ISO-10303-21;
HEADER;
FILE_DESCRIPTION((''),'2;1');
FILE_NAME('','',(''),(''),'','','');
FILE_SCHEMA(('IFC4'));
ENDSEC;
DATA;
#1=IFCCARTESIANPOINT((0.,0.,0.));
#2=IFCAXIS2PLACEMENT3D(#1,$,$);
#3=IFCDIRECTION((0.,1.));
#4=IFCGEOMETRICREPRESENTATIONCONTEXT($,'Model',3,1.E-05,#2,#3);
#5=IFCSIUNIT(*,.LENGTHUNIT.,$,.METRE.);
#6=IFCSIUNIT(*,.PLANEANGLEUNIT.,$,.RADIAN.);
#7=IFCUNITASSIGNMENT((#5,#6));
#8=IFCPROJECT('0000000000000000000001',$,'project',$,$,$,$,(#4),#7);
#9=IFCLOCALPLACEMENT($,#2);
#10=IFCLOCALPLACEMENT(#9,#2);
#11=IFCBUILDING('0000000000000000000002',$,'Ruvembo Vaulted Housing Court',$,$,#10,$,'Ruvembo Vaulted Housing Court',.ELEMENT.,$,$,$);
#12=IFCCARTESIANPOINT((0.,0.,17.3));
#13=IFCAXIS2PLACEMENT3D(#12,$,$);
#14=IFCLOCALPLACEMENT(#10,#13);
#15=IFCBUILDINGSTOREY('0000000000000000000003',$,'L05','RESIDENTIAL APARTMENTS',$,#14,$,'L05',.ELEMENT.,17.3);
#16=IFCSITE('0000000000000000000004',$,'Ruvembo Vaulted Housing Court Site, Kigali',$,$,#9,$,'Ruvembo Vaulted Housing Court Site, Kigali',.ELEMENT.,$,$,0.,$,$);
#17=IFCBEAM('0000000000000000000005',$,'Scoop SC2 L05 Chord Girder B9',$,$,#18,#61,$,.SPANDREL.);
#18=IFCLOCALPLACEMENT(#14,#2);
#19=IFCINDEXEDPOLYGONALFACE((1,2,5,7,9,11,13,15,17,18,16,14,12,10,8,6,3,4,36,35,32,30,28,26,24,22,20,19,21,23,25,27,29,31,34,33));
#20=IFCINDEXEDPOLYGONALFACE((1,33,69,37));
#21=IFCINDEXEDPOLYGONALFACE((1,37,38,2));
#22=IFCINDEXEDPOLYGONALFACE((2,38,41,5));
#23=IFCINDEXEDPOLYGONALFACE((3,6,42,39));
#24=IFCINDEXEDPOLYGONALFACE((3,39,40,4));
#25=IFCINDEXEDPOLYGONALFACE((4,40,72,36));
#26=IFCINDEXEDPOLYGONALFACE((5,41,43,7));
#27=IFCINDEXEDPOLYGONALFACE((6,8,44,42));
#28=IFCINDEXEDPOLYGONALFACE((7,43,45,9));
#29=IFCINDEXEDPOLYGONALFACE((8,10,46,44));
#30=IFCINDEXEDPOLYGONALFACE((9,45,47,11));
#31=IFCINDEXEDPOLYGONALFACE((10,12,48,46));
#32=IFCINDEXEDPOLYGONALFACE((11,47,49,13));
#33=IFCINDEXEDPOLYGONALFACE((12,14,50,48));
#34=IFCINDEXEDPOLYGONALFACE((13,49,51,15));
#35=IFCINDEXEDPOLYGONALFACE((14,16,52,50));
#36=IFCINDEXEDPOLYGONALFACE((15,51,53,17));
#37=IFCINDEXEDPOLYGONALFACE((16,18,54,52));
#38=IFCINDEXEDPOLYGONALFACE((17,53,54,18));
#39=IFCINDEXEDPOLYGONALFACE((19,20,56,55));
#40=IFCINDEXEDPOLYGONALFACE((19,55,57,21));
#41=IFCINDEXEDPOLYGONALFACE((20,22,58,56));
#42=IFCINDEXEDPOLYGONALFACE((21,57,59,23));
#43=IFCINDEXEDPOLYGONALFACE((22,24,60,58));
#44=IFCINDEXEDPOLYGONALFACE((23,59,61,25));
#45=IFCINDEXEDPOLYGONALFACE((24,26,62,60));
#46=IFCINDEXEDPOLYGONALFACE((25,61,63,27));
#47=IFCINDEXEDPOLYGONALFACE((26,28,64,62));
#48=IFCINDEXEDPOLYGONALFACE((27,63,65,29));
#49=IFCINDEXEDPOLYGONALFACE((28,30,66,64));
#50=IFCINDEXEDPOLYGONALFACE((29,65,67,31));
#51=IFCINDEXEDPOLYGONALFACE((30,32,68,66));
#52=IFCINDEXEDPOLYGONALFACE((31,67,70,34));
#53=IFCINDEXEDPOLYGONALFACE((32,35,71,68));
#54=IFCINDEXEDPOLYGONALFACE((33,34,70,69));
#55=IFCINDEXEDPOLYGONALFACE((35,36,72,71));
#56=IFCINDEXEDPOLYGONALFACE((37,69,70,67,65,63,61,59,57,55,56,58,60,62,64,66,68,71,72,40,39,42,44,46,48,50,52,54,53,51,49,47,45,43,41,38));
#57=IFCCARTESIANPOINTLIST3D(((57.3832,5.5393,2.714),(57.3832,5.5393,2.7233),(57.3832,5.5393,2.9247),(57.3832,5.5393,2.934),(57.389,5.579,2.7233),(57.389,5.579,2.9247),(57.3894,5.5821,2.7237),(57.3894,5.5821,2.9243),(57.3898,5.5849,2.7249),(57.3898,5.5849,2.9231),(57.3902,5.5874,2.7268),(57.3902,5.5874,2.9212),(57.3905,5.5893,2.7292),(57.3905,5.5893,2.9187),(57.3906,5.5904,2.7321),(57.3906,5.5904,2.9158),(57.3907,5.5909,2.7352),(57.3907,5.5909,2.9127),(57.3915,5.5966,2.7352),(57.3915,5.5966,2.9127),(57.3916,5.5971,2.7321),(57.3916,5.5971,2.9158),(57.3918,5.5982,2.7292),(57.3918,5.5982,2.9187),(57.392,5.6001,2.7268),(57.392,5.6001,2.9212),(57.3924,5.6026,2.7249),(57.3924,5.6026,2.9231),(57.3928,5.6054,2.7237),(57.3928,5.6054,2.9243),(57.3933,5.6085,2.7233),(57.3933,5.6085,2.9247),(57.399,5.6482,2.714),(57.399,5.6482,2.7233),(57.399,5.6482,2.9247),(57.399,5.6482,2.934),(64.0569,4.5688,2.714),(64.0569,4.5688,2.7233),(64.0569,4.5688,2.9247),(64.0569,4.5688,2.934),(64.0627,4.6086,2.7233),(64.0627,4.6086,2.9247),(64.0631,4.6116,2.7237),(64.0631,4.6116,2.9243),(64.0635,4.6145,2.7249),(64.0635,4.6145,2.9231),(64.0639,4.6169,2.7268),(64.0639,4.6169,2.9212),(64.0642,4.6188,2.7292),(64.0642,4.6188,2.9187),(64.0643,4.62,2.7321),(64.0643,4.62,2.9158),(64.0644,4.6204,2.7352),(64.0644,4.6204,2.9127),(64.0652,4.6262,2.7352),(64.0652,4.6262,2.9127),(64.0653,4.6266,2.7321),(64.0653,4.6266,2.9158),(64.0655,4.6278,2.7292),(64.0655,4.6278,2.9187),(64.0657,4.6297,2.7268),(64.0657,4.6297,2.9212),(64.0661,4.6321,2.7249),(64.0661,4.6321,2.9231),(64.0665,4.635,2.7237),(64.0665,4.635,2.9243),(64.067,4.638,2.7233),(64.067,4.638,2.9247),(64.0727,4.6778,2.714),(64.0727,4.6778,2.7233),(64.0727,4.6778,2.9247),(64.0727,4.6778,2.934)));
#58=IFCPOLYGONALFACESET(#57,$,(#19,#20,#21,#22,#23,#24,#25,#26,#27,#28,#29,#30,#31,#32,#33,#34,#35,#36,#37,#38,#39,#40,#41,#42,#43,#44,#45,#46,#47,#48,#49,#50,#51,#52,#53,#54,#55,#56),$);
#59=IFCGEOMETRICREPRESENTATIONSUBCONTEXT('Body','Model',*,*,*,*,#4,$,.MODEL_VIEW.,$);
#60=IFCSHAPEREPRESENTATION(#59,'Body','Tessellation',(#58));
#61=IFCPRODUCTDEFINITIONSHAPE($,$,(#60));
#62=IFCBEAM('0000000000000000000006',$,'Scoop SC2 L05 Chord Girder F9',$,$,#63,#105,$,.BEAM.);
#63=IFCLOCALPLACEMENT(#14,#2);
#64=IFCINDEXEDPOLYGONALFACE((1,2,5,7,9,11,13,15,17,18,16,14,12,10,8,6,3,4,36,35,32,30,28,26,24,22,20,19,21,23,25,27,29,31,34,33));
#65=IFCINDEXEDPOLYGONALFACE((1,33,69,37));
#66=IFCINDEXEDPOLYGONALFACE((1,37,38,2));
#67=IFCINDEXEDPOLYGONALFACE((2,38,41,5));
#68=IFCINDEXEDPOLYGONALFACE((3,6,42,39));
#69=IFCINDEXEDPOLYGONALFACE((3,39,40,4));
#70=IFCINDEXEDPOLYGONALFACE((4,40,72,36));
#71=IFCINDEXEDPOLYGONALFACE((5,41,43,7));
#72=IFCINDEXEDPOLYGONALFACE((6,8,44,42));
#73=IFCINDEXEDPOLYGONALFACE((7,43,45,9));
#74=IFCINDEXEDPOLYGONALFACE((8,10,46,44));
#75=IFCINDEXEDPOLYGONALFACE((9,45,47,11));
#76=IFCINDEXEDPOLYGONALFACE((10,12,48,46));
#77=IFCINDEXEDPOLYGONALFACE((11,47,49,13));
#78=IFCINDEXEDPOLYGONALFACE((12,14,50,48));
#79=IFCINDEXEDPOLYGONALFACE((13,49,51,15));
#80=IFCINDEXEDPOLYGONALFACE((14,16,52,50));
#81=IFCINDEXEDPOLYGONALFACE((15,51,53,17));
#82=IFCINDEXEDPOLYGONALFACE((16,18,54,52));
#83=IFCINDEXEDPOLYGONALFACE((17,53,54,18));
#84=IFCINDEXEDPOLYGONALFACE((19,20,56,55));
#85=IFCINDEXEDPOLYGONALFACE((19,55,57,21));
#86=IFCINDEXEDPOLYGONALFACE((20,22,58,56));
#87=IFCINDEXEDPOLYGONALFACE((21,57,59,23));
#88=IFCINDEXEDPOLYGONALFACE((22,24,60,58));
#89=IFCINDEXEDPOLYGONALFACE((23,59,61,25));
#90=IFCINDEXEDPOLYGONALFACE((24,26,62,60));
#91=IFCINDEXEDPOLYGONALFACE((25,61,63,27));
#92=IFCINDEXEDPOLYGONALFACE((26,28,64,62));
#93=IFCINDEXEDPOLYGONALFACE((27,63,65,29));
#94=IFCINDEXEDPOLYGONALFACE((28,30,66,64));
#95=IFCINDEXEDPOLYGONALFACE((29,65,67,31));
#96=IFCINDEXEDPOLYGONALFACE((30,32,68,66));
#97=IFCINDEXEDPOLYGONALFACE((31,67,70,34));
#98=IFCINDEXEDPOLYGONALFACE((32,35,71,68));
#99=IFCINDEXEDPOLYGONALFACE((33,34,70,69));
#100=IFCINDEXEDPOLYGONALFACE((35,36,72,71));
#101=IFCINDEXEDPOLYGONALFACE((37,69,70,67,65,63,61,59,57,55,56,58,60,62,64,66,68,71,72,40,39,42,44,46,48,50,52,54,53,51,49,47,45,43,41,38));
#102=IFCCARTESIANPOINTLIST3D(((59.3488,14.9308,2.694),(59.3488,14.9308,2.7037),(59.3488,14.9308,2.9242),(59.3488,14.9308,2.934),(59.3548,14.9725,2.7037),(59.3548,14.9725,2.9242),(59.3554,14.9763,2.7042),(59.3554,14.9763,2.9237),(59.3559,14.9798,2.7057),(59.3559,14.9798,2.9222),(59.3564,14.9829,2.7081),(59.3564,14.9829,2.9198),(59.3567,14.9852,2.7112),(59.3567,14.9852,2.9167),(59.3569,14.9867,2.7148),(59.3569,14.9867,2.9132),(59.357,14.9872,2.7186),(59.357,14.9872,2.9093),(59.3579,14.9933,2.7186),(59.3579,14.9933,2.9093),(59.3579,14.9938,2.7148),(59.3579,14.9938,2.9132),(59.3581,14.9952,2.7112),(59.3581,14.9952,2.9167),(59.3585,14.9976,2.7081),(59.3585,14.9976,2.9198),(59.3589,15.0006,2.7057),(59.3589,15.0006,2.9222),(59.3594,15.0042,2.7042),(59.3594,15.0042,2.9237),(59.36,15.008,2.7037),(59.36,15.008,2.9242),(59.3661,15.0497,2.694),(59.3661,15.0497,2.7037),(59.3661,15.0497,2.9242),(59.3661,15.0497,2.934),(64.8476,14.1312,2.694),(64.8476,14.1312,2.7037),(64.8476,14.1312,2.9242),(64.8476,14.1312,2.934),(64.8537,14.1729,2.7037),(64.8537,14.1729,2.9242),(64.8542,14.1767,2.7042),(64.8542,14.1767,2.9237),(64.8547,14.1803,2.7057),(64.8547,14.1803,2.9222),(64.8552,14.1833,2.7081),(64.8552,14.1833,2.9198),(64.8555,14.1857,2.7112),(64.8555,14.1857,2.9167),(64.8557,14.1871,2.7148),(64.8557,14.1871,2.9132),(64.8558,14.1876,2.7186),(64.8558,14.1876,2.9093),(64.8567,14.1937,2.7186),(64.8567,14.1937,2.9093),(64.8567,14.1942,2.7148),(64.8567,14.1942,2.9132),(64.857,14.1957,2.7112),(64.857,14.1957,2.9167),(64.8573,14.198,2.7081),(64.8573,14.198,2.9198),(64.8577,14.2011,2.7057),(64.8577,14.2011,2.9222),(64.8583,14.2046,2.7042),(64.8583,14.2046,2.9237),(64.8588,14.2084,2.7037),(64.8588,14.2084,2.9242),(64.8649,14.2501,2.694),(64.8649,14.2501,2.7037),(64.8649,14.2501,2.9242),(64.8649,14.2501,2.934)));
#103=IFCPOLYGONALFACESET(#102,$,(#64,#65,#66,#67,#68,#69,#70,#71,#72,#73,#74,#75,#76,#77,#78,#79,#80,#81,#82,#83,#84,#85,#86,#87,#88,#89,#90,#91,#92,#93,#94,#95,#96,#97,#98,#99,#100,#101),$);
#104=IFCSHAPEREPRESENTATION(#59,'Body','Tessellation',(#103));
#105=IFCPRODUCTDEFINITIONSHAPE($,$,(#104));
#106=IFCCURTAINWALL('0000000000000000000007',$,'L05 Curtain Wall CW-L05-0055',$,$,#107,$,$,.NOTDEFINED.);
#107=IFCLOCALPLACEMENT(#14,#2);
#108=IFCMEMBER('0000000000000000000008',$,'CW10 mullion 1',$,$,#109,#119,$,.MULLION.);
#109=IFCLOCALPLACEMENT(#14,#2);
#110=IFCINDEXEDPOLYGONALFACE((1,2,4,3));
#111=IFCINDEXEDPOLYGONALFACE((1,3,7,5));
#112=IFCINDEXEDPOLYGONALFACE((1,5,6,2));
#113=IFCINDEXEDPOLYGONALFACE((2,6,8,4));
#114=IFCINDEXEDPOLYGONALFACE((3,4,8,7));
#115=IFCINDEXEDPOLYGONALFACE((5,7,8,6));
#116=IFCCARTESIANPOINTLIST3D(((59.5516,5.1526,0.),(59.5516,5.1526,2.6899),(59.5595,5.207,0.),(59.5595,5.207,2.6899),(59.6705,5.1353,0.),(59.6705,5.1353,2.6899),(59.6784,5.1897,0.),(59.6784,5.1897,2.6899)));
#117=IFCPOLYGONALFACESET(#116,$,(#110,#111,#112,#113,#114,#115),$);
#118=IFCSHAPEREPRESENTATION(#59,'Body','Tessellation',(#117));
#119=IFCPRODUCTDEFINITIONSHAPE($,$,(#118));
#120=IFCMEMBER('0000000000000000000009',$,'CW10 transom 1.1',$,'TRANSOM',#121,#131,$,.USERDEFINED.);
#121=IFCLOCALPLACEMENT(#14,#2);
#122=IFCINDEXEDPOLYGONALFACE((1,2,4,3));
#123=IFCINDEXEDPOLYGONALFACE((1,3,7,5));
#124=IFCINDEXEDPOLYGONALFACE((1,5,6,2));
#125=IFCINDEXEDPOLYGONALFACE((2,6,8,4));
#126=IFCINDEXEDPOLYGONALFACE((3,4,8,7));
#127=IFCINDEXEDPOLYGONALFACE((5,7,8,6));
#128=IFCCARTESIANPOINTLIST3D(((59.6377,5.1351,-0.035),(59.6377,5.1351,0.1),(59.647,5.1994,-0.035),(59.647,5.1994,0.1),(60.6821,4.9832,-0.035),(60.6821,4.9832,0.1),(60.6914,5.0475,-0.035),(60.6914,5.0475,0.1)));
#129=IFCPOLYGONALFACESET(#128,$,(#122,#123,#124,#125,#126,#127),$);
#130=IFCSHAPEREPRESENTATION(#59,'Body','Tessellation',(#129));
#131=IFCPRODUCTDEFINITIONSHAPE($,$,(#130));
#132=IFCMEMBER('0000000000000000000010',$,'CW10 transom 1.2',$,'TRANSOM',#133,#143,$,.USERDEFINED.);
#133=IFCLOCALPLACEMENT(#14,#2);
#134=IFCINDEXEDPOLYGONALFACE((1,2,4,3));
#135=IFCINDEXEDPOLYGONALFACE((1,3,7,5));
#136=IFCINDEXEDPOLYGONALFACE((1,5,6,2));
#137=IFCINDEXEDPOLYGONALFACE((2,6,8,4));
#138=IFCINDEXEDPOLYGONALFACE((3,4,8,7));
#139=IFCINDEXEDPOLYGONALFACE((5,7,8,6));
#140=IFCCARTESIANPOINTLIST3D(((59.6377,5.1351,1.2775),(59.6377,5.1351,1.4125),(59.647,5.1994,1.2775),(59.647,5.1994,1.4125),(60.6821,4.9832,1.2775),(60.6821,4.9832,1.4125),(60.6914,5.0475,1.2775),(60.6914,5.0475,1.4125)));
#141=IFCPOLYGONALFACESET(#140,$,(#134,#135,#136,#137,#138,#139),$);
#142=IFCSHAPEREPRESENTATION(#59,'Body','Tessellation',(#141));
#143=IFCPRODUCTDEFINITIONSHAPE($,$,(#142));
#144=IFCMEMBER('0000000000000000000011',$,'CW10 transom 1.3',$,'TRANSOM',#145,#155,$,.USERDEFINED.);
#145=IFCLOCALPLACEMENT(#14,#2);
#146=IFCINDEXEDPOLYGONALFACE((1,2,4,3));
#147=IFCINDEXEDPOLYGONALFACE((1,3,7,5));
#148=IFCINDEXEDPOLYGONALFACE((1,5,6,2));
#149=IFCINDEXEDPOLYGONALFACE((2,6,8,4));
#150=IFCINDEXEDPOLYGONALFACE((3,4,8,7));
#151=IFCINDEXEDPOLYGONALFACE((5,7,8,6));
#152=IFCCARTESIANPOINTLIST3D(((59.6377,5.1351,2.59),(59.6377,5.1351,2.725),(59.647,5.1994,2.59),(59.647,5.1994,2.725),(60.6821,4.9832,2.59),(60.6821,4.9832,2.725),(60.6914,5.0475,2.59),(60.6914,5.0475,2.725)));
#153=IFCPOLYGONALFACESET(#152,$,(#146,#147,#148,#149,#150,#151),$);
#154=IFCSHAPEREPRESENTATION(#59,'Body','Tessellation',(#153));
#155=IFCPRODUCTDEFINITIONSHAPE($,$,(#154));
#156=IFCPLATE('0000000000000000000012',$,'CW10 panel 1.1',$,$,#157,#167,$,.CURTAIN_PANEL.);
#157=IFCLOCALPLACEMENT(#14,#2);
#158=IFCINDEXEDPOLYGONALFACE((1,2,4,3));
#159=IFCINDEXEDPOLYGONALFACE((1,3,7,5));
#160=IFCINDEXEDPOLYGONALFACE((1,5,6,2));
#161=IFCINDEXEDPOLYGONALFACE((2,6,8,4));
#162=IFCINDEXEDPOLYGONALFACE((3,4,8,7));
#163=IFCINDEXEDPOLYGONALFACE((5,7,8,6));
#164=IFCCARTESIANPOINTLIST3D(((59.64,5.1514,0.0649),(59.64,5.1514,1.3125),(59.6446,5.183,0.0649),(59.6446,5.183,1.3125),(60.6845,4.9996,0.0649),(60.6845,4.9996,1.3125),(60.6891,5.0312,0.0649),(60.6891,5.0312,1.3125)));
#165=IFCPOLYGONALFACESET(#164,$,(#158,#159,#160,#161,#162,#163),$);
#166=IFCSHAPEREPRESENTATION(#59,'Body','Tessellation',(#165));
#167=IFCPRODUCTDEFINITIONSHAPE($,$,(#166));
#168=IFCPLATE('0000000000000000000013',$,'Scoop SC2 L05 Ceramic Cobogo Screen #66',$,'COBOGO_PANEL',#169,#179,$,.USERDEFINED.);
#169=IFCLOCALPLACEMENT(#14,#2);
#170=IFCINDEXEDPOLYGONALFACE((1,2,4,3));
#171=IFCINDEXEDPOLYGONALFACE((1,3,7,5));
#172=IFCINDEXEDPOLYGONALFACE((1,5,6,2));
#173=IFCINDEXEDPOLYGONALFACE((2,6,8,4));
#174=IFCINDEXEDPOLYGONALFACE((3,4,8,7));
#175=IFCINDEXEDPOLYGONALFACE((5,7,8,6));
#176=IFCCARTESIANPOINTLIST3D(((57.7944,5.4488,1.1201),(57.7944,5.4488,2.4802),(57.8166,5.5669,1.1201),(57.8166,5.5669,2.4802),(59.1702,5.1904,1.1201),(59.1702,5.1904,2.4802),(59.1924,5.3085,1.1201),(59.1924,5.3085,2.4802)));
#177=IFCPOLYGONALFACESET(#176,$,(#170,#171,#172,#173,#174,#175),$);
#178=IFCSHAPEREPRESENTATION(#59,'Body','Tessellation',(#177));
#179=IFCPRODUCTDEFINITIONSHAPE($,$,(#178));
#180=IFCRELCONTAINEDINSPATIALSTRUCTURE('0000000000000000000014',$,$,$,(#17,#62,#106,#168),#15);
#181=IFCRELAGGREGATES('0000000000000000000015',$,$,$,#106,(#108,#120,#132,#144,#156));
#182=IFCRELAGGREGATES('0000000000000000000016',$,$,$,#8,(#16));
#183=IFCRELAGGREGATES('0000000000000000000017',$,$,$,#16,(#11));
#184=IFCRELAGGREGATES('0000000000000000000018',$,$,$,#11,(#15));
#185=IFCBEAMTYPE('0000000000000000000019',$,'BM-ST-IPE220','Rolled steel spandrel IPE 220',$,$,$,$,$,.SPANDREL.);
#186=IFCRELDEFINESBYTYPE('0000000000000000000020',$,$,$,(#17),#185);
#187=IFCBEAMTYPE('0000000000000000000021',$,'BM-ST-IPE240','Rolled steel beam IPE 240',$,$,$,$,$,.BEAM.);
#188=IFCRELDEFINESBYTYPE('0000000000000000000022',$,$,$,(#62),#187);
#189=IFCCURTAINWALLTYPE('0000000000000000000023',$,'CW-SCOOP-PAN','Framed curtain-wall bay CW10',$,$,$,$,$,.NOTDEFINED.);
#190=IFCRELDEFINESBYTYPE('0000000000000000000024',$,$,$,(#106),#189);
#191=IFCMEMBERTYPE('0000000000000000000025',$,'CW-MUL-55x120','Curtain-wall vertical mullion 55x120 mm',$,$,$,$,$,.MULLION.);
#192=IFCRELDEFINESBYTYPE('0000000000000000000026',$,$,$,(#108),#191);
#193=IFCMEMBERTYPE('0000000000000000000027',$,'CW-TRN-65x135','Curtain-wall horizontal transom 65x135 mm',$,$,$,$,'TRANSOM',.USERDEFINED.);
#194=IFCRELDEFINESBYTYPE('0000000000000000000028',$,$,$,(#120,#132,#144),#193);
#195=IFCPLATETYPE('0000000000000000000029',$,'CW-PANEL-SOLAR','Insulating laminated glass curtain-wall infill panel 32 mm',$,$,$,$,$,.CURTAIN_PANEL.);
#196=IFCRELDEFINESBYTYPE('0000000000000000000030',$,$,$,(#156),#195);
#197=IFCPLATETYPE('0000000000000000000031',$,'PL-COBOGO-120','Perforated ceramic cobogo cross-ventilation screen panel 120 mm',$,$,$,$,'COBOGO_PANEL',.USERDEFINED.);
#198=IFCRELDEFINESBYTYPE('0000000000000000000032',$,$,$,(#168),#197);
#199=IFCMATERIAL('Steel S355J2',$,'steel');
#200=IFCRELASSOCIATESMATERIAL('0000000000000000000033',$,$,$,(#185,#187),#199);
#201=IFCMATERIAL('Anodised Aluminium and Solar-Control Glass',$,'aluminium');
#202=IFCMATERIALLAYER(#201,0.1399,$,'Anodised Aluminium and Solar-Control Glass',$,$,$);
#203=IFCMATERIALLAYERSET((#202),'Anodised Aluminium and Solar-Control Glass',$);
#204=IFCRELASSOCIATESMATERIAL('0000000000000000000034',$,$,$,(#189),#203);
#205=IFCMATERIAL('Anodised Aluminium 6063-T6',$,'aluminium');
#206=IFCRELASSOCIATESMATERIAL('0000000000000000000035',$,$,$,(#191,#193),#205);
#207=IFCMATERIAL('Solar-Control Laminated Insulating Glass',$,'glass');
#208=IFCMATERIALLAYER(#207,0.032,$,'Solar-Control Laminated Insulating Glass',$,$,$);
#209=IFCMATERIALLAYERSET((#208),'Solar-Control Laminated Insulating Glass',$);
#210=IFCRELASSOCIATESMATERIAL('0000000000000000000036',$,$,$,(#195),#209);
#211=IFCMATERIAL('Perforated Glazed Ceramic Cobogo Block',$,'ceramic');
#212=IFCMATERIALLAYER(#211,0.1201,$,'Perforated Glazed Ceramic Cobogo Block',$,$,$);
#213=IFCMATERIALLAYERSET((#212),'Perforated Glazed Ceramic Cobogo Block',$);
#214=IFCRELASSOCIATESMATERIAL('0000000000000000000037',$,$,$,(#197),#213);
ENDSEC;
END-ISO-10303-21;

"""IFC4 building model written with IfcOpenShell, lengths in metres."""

from ifc_helpers import new_model, si_unit, direction, frame, origin, origin_2d, place, context, subcontext, project, spatial, rectangle, i_section, extrude, material, layer, layer_set, material_profile, profile_set, type_object, element, aggregate, save


model = new_model("IFC4")

# Units and contexts
model_context = context("Model", 3, precision=1e-05, world=origin(), true_north=direction((0.0, 1.0)))
body_context = subcontext(model_context, "Body", "Model", "MODEL_VIEW")
ifc_project = project(units=[si_unit("LENGTHUNIT", "METRE"), si_unit("PLANEANGLEUNIT", "RADIAN")], contexts=[model_context])

# Site, building, storey
site_placement = place(None, origin())
site = spatial("IfcSite", under=ifc_project, at=site_placement, Name="Ruvembo Vaulted Housing Court Site, Kigali", LongName="Ruvembo Vaulted Housing Court Site, Kigali", CompositionType="ELEMENT", RefElevation=0.0)
building_placement = place(site_placement, origin())
building = spatial("IfcBuilding", under=site, at=building_placement, Name="Ruvembo Vaulted Housing Court", LongName="Ruvembo Vaulted Housing Court", CompositionType="ELEMENT")
storey_placement = place(building_placement, frame((0.0, 0.0, 17.3)))
storey = spatial("IfcBuildingStorey", under=building, at=storey_placement, Name="L05", Description="RESIDENTIAL APARTMENTS", LongName="L05", CompositionType="ELEMENT", Elevation=17.3)

# Beams
ifc_material_1 = material(Name="Steel S355J2", Category="steel")
ifc_material_profile_1 = material_profile(ifc_material_1, i_section(OverallWidth=0.1101, OverallDepth=0.22, WebThickness=0.0059, FlangeThickness=0.0093, FilletRadius=0.012, at=origin_2d()), Name="IPE 220")
ifc_profile_set_1 = profile_set([ifc_material_profile_1], Name="Steel S355J2")
beam_type_1 = type_object("IfcBeamType", Name="BM-ST-IPE220", Description="Rolled steel spandrel IPE 220", PredefinedType="SPANDREL", material=ifc_profile_set_1)
beam_1_placement = place(storey_placement, frame((57.3911, 5.5938, 2.824), z_axis=(0.989592, -0.143899, 0.0), x_axis=(0.143899, 0.989592, 0.0)))
element("IfcBeam", 1, at=beam_1_placement, inside=storey, type_object=beam_type_1, Name="Scoop SC2 L05 Chord Girder B9", PredefinedType="SPANDREL", context=body_context, shape_type="SweptSolid", body=[
    extrude(i_section(OverallWidth=0.1101, OverallDepth=0.22, WebThickness=0.0059, FlangeThickness=0.0093, FilletRadius=0.012, at=origin_2d()), origin(), (0.0, 0.0, 1.0), 6.7439),
])
ifc_material_profile_2 = material_profile(ifc_material_1, i_section(OverallWidth=0.1201, OverallDepth=0.24, WebThickness=0.0061, FlangeThickness=0.0098, FilletRadius=0.0149, at=origin_2d()), Name="IPE 240")
ifc_profile_set_2 = profile_set([ifc_material_profile_2], Name="Steel S355J2")
beam_type_2 = type_object("IfcBeamType", Name="BM-ST-IPE240", Description="Rolled steel beam IPE 240", PredefinedType="BEAM", material=ifc_profile_set_2)
beam_2_placement = place(storey_placement, frame((59.3574, 14.9902, 2.814), z_axis=(0.989593, -0.143894, 0.0), x_axis=(0.143894, 0.989593, 0.0)))
element("IfcBeam", 2, at=beam_2_placement, inside=storey, type_object=beam_type_2, Name="Scoop SC2 L05 Chord Girder F9", PredefinedType="BEAM", context=body_context, shape_type="SweptSolid", body=[
    extrude(i_section(OverallWidth=0.1201, OverallDepth=0.24, WebThickness=0.0061, FlangeThickness=0.0098, FilletRadius=0.0149, at=origin_2d()), origin(), (0.0, 0.0, 1.0), 5.5566),
])

# Curtain wall, members, plate
ifc_material_2 = material(Name="Anodised Aluminium and Solar-Control Glass", Category="aluminium")
ifc_layer_1 = layer(ifc_material_2, 0.1399, Name="Anodised Aluminium and Solar-Control Glass")
ifc_layer_set_1 = layer_set([ifc_layer_1], Name="Anodised Aluminium and Solar-Control Glass")
curtain_wall_type = type_object("IfcCurtainWallType", Name="CW-SCOOP-PAN", Description="Framed curtain-wall bay CW10", PredefinedType="NOTDEFINED", material=ifc_layer_set_1)
curtain_wall_placement = place(storey_placement, origin())
curtain_wall = element("IfcCurtainWall", 3, at=curtain_wall_placement, inside=storey, type_object=curtain_wall_type, Name="L05 Curtain Wall CW-L05-0055", PredefinedType="NOTDEFINED")
ifc_material_3 = material(Name="Anodised Aluminium 6063-T6", Category="aluminium")
ifc_material_profile_3 = material_profile(ifc_material_3, rectangle(XDim=0.0549, YDim=0.1201, at=origin_2d()), Name="ALU 55x120")
ifc_profile_set_3 = profile_set([ifc_material_profile_3], Name="Anodised Aluminium 6063-T6")
member_type_1 = type_object("IfcMemberType", Name="CW-MUL-55x120", Description="Curtain-wall vertical mullion 55x120 mm", PredefinedType="MULLION", material=ifc_profile_set_3)
member_1_placement = place(storey_placement, frame((59.615, 5.1711, 0.0), z_axis=(0.0, 0.0, 1.0), x_axis=(0.143851, 0.989599, 0.0)))
member_1 = element("IfcMember", 4, at=member_1_placement, type_object=member_type_1, Name="CW10 mullion 1", PredefinedType="MULLION", context=body_context, shape_type="SweptSolid", body=[
    extrude(rectangle(XDim=0.0549, YDim=0.1201, at=origin_2d()), origin(), (0.0, 0.0, 1.0), 2.6899),
])
ifc_material_profile_4 = material_profile(ifc_material_3, rectangle(XDim=0.0649, YDim=0.135, at=origin_2d()), Name="ALU 65x135")
ifc_profile_set_4 = profile_set([ifc_material_profile_4], Name="Anodised Aluminium 6063-T6")
member_type_2 = type_object("IfcMemberType", Name="CW-TRN-65x135", Description="Curtain-wall horizontal transom 65x135 mm", ElementType="TRANSOM", PredefinedType="USERDEFINED", material=ifc_profile_set_4)
member_2_placement = place(storey_placement, frame((59.6423, 5.1672, 0.0325), z_axis=(0.989595, -0.143882, 0.0), x_axis=(0.143882, 0.989595, 0.0)))
member_2 = element("IfcMember", 5, at=member_2_placement, type_object=member_type_2, Name="CW10 transom 1.1", ObjectType="TRANSOM", PredefinedType="USERDEFINED", context=body_context, shape_type="SweptSolid", body=[
    extrude(rectangle(XDim=0.0649, YDim=0.135, at=origin_2d()), origin(), (0.0, 0.0, 1.0), 1.0554),
])
member_3_placement = place(storey_placement, frame((59.6423, 5.1672, 1.345), z_axis=(0.989595, -0.143882, 0.0), x_axis=(0.143882, 0.989595, 0.0)))
member_3 = element("IfcMember", 6, at=member_3_placement, type_object=member_type_2, Name="CW10 transom 1.2", ObjectType="TRANSOM", PredefinedType="USERDEFINED", context=body_context, shape_type="SweptSolid", body=[
    extrude(rectangle(XDim=0.0649, YDim=0.135, at=origin_2d()), origin(), (0.0, 0.0, 1.0), 1.0554),
])
member_4_placement = place(storey_placement, frame((59.6423, 5.1672, 2.6575), z_axis=(0.989595, -0.143882, 0.0), x_axis=(0.143882, 0.989595, 0.0)))
member_4 = element("IfcMember", 7, at=member_4_placement, type_object=member_type_2, Name="CW10 transom 1.3", ObjectType="TRANSOM", PredefinedType="USERDEFINED", context=body_context, shape_type="SweptSolid", body=[
    extrude(rectangle(XDim=0.0649, YDim=0.135, at=origin_2d()), origin(), (0.0, 0.0, 1.0), 1.0554),
])
ifc_material_4 = material(Name="Solar-Control Laminated Insulating Glass", Category="glass")
ifc_layer_2 = layer(ifc_material_4, 0.032, Name="Solar-Control Laminated Insulating Glass")
ifc_layer_set_2 = layer_set([ifc_layer_2], Name="Solar-Control Laminated Insulating Glass")
plate_type_1 = type_object("IfcPlateType", Name="CW-PANEL-SOLAR", Description="Insulating laminated glass curtain-wall infill panel 32 mm", PredefinedType="CURTAIN_PANEL", material=ifc_layer_set_2)
plate_1_placement = place(storey_placement, frame((60.1646, 5.0913, 0.0649), z_axis=(0.0, 0.0, 1.0), x_axis=(0.989599, -0.143851, 0.0)))
plate_1 = element("IfcPlate", 8, at=plate_1_placement, type_object=plate_type_1, Name="CW10 panel 1.1", PredefinedType="CURTAIN_PANEL", context=body_context, shape_type="SweptSolid", body=[
    extrude(rectangle(XDim=1.0554, YDim=0.032, at=origin_2d()), origin(), (0.0, 0.0, 1.0), 1.2476),
])
aggregate(curtain_wall, [member_1, member_2, member_3, member_4, plate_1])

# Plate
ifc_material_5 = material(Name="Perforated Glazed Ceramic Cobogo Block", Category="ceramic")
ifc_layer_3 = layer(ifc_material_5, 0.1201, Name="Perforated Glazed Ceramic Cobogo Block")
ifc_layer_set_3 = layer_set([ifc_layer_3], Name="Perforated Glazed Ceramic Cobogo Block")
plate_type_2 = type_object("IfcPlateType", Name="PL-COBOGO-120", Description="Perforated ceramic cobogo cross-ventilation screen panel 120 mm", ElementType="COBOGO_PANEL", PredefinedType="USERDEFINED", material=ifc_layer_set_3)
plate_2_placement = place(storey_placement, frame((58.4934, 5.3787, 1.1201), z_axis=(0.0, 0.0, 1.0), x_axis=(0.982816, -0.184586, 0.0)))
element("IfcPlate", 9, at=plate_2_placement, inside=storey, type_object=plate_type_2, Name="Scoop SC2 L05 Ceramic Cobogo Screen #66", ObjectType="COBOGO_PANEL", PredefinedType="USERDEFINED", context=body_context, shape_type="SweptSolid", body=[
    extrude(rectangle(XDim=1.3999, YDim=0.1201, at=origin_2d()), origin(), (0.0, 0.0, 1.0), 1.3601),
])

save(model, "model.ifc")
